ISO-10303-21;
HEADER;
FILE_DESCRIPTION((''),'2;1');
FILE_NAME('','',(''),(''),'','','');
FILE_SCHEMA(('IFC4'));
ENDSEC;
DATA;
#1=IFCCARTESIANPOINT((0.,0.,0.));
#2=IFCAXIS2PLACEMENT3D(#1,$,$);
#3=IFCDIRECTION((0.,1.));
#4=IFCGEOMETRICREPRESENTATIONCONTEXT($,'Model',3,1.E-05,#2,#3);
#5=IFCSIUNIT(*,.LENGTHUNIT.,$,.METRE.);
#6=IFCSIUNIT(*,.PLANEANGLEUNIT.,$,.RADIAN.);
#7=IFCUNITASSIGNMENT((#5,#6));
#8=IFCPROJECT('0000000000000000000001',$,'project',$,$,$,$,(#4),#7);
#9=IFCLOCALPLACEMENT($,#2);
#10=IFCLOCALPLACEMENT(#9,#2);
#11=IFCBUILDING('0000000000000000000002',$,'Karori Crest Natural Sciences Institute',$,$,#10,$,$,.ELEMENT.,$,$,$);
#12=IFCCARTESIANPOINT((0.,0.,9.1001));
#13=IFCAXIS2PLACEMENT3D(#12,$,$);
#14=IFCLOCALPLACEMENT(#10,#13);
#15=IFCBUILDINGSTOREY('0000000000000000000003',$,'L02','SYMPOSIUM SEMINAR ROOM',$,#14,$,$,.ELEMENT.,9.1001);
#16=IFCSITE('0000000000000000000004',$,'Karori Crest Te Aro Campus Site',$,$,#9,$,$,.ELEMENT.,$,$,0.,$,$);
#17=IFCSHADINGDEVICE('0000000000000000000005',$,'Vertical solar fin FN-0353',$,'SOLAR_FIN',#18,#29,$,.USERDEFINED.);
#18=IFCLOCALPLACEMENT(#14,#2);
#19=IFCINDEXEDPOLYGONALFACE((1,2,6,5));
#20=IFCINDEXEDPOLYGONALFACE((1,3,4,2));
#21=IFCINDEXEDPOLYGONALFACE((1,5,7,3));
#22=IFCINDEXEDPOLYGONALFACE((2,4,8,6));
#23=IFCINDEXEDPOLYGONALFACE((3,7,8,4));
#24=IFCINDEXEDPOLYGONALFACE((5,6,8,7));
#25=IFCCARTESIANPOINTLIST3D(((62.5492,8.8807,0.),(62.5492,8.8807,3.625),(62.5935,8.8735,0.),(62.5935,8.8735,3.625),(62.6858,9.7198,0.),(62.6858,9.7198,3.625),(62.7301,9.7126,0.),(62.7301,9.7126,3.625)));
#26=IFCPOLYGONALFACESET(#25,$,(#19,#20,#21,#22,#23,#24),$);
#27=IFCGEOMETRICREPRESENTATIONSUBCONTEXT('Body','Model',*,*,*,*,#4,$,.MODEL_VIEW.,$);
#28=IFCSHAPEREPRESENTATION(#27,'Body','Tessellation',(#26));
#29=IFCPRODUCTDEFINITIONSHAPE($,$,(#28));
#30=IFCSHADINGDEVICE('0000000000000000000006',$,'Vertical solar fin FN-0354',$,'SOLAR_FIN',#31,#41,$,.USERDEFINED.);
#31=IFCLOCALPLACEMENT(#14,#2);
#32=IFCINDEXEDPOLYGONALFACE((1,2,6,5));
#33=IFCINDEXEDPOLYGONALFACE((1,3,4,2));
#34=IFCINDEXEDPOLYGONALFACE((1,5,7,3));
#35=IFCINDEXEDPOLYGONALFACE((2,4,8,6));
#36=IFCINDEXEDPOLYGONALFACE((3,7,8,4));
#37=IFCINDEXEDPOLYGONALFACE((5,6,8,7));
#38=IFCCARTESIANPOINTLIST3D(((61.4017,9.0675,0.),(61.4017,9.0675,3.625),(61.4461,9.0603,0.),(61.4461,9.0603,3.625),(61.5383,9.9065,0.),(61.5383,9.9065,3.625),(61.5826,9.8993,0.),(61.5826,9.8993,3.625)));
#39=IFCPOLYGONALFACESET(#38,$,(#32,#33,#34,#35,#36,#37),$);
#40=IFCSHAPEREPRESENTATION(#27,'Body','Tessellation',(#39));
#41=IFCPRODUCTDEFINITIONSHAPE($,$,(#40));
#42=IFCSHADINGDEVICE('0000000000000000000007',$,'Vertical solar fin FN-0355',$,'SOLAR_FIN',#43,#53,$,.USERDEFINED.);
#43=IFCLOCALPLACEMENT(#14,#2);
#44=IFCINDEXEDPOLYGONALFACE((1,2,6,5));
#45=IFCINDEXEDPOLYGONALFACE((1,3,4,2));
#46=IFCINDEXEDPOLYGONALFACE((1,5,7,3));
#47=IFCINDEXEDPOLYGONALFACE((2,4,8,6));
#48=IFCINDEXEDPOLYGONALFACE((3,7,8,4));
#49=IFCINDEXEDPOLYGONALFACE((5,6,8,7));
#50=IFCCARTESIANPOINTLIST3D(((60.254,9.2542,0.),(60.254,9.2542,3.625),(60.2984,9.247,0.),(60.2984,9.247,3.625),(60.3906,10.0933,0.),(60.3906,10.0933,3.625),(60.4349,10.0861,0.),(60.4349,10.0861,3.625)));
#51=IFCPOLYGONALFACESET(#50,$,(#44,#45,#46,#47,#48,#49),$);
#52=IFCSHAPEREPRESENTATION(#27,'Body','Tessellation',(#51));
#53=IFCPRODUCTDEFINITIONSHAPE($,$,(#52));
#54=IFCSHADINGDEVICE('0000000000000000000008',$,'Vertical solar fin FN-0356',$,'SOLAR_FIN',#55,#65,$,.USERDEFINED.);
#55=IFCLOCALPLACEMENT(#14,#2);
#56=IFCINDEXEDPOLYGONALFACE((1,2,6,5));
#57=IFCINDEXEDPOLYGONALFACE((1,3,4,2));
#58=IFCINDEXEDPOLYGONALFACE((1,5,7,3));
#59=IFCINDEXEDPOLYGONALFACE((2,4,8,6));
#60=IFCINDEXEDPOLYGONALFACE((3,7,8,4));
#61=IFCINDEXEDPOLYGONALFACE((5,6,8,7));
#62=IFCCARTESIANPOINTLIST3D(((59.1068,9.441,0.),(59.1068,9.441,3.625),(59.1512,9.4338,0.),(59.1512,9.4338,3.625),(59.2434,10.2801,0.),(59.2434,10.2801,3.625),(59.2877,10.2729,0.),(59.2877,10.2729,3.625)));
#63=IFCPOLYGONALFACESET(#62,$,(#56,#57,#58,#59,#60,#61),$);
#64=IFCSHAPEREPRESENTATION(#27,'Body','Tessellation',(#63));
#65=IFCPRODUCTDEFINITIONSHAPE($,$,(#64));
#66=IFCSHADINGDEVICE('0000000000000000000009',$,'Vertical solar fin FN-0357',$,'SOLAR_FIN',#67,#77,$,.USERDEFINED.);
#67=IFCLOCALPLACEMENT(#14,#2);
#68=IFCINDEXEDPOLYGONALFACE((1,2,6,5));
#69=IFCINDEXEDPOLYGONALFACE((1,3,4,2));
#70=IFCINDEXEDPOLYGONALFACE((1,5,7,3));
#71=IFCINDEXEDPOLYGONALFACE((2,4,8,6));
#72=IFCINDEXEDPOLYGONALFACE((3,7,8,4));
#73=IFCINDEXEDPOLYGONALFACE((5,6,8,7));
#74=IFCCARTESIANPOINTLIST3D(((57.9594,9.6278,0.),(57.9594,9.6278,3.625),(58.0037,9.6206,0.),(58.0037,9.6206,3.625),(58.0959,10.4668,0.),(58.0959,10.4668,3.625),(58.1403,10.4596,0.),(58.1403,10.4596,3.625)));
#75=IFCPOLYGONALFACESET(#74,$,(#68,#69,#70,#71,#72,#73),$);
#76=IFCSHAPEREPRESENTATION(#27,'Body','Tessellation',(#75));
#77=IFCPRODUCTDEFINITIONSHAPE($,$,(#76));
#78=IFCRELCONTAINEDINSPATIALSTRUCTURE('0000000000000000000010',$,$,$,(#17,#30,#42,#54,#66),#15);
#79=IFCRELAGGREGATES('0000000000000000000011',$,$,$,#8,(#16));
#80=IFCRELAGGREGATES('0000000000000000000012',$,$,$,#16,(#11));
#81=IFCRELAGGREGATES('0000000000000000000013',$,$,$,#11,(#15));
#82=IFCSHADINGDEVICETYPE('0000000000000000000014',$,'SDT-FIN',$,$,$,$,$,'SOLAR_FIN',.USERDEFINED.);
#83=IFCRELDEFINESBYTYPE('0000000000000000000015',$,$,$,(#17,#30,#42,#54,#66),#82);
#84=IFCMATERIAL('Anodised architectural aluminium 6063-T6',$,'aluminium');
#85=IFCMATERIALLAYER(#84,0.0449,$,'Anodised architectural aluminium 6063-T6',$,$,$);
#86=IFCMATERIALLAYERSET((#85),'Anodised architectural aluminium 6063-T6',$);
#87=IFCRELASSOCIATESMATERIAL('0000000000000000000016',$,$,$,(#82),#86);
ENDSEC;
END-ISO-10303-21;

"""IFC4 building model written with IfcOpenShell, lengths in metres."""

from ifc_helpers import new_model, si_unit, direction, frame, origin, origin_2d, place, context, subcontext, project, spatial, rectangle, extrude, material, layer, layer_set, type_object, element, save


model = new_model("IFC4")

# Units and contexts
model_context = context("Model", 3, precision=1e-05, world=origin(), true_north=direction((0.0, 1.0)))
body_context = subcontext(model_context, "Body", "Model", "MODEL_VIEW")
ifc_project = project(units=[si_unit("LENGTHUNIT", "METRE"), si_unit("PLANEANGLEUNIT", "RADIAN")], contexts=[model_context])

# Site, building, storey
site_placement = place(None, origin())
site = spatial("IfcSite", under=ifc_project, at=site_placement, Name="Karori Crest Te Aro Campus Site", CompositionType="ELEMENT", RefElevation=0.0)
building_placement = place(site_placement, origin())
building = spatial("IfcBuilding", under=site, at=building_placement, Name="Karori Crest Natural Sciences Institute", CompositionType="ELEMENT")
storey_placement = place(building_placement, frame((0.0, 0.0, 9.1001)))
storey = spatial("IfcBuildingStorey", under=building, at=storey_placement, Name="L02", Description="SYMPOSIUM SEMINAR ROOM", CompositionType="ELEMENT", Elevation=9.1001)

# Shared definitions
ifc_material_1 = material(Name="Anodised architectural aluminium 6063-T6", Category="aluminium")

# Shading devices
ifc_layer_1 = layer(ifc_material_1, 0.0449, Name="Anodised architectural aluminium 6063-T6")
ifc_layer_set_1 = layer_set([ifc_layer_1], Name="Anodised architectural aluminium 6063-T6")
shading_device_type = type_object("IfcShadingDeviceType", Name="SDT-FIN", ElementType="SOLAR_FIN", PredefinedType="USERDEFINED", material=ifc_layer_set_1)
for number, where, z_axis, x_axis, name in (
    (1, (62.6396, 9.2966, 0.0), (0.0, 0.0, 1.0), (-0.160651, -0.987011, 0.0), "Vertical solar fin FN-0353"),
    (2, (61.4922, 9.4834, 0.0), (0.0, 0.0, 1.0), (-0.160651, -0.987011, 0.0), "Vertical solar fin FN-0354"),
    (3, (60.3445, 9.6702, 0.0), (0.0, 0.0, 1.0), (-0.160651, -0.987011, 0.0), "Vertical solar fin FN-0355"),
    (4, (59.1973, 9.8569, 0.0), (0.0, 0.0, 1.0), (-0.160651, -0.987011, 0.0), "Vertical solar fin FN-0356"),
    (5, (58.0498, 10.0437, 0.0), (0.0, 0.0, 1.0), (-0.160651, -0.987011, 0.0), "Vertical solar fin FN-0357"),
):
    element("IfcShadingDevice", number, at=place(storey_placement, frame(where, z_axis=z_axis, x_axis=x_axis)), inside=storey, type_object=shading_device_type, Name=name, ObjectType="SOLAR_FIN", PredefinedType="USERDEFINED", context=body_context, shape_type="SweptSolid", body=[
        extrude(rectangle(XDim=0.8501, YDim=0.0449, at=origin_2d()), origin(), (0.0, 0.0, 1.0), 3.625),
    ])

save(model, "model.ifc")
